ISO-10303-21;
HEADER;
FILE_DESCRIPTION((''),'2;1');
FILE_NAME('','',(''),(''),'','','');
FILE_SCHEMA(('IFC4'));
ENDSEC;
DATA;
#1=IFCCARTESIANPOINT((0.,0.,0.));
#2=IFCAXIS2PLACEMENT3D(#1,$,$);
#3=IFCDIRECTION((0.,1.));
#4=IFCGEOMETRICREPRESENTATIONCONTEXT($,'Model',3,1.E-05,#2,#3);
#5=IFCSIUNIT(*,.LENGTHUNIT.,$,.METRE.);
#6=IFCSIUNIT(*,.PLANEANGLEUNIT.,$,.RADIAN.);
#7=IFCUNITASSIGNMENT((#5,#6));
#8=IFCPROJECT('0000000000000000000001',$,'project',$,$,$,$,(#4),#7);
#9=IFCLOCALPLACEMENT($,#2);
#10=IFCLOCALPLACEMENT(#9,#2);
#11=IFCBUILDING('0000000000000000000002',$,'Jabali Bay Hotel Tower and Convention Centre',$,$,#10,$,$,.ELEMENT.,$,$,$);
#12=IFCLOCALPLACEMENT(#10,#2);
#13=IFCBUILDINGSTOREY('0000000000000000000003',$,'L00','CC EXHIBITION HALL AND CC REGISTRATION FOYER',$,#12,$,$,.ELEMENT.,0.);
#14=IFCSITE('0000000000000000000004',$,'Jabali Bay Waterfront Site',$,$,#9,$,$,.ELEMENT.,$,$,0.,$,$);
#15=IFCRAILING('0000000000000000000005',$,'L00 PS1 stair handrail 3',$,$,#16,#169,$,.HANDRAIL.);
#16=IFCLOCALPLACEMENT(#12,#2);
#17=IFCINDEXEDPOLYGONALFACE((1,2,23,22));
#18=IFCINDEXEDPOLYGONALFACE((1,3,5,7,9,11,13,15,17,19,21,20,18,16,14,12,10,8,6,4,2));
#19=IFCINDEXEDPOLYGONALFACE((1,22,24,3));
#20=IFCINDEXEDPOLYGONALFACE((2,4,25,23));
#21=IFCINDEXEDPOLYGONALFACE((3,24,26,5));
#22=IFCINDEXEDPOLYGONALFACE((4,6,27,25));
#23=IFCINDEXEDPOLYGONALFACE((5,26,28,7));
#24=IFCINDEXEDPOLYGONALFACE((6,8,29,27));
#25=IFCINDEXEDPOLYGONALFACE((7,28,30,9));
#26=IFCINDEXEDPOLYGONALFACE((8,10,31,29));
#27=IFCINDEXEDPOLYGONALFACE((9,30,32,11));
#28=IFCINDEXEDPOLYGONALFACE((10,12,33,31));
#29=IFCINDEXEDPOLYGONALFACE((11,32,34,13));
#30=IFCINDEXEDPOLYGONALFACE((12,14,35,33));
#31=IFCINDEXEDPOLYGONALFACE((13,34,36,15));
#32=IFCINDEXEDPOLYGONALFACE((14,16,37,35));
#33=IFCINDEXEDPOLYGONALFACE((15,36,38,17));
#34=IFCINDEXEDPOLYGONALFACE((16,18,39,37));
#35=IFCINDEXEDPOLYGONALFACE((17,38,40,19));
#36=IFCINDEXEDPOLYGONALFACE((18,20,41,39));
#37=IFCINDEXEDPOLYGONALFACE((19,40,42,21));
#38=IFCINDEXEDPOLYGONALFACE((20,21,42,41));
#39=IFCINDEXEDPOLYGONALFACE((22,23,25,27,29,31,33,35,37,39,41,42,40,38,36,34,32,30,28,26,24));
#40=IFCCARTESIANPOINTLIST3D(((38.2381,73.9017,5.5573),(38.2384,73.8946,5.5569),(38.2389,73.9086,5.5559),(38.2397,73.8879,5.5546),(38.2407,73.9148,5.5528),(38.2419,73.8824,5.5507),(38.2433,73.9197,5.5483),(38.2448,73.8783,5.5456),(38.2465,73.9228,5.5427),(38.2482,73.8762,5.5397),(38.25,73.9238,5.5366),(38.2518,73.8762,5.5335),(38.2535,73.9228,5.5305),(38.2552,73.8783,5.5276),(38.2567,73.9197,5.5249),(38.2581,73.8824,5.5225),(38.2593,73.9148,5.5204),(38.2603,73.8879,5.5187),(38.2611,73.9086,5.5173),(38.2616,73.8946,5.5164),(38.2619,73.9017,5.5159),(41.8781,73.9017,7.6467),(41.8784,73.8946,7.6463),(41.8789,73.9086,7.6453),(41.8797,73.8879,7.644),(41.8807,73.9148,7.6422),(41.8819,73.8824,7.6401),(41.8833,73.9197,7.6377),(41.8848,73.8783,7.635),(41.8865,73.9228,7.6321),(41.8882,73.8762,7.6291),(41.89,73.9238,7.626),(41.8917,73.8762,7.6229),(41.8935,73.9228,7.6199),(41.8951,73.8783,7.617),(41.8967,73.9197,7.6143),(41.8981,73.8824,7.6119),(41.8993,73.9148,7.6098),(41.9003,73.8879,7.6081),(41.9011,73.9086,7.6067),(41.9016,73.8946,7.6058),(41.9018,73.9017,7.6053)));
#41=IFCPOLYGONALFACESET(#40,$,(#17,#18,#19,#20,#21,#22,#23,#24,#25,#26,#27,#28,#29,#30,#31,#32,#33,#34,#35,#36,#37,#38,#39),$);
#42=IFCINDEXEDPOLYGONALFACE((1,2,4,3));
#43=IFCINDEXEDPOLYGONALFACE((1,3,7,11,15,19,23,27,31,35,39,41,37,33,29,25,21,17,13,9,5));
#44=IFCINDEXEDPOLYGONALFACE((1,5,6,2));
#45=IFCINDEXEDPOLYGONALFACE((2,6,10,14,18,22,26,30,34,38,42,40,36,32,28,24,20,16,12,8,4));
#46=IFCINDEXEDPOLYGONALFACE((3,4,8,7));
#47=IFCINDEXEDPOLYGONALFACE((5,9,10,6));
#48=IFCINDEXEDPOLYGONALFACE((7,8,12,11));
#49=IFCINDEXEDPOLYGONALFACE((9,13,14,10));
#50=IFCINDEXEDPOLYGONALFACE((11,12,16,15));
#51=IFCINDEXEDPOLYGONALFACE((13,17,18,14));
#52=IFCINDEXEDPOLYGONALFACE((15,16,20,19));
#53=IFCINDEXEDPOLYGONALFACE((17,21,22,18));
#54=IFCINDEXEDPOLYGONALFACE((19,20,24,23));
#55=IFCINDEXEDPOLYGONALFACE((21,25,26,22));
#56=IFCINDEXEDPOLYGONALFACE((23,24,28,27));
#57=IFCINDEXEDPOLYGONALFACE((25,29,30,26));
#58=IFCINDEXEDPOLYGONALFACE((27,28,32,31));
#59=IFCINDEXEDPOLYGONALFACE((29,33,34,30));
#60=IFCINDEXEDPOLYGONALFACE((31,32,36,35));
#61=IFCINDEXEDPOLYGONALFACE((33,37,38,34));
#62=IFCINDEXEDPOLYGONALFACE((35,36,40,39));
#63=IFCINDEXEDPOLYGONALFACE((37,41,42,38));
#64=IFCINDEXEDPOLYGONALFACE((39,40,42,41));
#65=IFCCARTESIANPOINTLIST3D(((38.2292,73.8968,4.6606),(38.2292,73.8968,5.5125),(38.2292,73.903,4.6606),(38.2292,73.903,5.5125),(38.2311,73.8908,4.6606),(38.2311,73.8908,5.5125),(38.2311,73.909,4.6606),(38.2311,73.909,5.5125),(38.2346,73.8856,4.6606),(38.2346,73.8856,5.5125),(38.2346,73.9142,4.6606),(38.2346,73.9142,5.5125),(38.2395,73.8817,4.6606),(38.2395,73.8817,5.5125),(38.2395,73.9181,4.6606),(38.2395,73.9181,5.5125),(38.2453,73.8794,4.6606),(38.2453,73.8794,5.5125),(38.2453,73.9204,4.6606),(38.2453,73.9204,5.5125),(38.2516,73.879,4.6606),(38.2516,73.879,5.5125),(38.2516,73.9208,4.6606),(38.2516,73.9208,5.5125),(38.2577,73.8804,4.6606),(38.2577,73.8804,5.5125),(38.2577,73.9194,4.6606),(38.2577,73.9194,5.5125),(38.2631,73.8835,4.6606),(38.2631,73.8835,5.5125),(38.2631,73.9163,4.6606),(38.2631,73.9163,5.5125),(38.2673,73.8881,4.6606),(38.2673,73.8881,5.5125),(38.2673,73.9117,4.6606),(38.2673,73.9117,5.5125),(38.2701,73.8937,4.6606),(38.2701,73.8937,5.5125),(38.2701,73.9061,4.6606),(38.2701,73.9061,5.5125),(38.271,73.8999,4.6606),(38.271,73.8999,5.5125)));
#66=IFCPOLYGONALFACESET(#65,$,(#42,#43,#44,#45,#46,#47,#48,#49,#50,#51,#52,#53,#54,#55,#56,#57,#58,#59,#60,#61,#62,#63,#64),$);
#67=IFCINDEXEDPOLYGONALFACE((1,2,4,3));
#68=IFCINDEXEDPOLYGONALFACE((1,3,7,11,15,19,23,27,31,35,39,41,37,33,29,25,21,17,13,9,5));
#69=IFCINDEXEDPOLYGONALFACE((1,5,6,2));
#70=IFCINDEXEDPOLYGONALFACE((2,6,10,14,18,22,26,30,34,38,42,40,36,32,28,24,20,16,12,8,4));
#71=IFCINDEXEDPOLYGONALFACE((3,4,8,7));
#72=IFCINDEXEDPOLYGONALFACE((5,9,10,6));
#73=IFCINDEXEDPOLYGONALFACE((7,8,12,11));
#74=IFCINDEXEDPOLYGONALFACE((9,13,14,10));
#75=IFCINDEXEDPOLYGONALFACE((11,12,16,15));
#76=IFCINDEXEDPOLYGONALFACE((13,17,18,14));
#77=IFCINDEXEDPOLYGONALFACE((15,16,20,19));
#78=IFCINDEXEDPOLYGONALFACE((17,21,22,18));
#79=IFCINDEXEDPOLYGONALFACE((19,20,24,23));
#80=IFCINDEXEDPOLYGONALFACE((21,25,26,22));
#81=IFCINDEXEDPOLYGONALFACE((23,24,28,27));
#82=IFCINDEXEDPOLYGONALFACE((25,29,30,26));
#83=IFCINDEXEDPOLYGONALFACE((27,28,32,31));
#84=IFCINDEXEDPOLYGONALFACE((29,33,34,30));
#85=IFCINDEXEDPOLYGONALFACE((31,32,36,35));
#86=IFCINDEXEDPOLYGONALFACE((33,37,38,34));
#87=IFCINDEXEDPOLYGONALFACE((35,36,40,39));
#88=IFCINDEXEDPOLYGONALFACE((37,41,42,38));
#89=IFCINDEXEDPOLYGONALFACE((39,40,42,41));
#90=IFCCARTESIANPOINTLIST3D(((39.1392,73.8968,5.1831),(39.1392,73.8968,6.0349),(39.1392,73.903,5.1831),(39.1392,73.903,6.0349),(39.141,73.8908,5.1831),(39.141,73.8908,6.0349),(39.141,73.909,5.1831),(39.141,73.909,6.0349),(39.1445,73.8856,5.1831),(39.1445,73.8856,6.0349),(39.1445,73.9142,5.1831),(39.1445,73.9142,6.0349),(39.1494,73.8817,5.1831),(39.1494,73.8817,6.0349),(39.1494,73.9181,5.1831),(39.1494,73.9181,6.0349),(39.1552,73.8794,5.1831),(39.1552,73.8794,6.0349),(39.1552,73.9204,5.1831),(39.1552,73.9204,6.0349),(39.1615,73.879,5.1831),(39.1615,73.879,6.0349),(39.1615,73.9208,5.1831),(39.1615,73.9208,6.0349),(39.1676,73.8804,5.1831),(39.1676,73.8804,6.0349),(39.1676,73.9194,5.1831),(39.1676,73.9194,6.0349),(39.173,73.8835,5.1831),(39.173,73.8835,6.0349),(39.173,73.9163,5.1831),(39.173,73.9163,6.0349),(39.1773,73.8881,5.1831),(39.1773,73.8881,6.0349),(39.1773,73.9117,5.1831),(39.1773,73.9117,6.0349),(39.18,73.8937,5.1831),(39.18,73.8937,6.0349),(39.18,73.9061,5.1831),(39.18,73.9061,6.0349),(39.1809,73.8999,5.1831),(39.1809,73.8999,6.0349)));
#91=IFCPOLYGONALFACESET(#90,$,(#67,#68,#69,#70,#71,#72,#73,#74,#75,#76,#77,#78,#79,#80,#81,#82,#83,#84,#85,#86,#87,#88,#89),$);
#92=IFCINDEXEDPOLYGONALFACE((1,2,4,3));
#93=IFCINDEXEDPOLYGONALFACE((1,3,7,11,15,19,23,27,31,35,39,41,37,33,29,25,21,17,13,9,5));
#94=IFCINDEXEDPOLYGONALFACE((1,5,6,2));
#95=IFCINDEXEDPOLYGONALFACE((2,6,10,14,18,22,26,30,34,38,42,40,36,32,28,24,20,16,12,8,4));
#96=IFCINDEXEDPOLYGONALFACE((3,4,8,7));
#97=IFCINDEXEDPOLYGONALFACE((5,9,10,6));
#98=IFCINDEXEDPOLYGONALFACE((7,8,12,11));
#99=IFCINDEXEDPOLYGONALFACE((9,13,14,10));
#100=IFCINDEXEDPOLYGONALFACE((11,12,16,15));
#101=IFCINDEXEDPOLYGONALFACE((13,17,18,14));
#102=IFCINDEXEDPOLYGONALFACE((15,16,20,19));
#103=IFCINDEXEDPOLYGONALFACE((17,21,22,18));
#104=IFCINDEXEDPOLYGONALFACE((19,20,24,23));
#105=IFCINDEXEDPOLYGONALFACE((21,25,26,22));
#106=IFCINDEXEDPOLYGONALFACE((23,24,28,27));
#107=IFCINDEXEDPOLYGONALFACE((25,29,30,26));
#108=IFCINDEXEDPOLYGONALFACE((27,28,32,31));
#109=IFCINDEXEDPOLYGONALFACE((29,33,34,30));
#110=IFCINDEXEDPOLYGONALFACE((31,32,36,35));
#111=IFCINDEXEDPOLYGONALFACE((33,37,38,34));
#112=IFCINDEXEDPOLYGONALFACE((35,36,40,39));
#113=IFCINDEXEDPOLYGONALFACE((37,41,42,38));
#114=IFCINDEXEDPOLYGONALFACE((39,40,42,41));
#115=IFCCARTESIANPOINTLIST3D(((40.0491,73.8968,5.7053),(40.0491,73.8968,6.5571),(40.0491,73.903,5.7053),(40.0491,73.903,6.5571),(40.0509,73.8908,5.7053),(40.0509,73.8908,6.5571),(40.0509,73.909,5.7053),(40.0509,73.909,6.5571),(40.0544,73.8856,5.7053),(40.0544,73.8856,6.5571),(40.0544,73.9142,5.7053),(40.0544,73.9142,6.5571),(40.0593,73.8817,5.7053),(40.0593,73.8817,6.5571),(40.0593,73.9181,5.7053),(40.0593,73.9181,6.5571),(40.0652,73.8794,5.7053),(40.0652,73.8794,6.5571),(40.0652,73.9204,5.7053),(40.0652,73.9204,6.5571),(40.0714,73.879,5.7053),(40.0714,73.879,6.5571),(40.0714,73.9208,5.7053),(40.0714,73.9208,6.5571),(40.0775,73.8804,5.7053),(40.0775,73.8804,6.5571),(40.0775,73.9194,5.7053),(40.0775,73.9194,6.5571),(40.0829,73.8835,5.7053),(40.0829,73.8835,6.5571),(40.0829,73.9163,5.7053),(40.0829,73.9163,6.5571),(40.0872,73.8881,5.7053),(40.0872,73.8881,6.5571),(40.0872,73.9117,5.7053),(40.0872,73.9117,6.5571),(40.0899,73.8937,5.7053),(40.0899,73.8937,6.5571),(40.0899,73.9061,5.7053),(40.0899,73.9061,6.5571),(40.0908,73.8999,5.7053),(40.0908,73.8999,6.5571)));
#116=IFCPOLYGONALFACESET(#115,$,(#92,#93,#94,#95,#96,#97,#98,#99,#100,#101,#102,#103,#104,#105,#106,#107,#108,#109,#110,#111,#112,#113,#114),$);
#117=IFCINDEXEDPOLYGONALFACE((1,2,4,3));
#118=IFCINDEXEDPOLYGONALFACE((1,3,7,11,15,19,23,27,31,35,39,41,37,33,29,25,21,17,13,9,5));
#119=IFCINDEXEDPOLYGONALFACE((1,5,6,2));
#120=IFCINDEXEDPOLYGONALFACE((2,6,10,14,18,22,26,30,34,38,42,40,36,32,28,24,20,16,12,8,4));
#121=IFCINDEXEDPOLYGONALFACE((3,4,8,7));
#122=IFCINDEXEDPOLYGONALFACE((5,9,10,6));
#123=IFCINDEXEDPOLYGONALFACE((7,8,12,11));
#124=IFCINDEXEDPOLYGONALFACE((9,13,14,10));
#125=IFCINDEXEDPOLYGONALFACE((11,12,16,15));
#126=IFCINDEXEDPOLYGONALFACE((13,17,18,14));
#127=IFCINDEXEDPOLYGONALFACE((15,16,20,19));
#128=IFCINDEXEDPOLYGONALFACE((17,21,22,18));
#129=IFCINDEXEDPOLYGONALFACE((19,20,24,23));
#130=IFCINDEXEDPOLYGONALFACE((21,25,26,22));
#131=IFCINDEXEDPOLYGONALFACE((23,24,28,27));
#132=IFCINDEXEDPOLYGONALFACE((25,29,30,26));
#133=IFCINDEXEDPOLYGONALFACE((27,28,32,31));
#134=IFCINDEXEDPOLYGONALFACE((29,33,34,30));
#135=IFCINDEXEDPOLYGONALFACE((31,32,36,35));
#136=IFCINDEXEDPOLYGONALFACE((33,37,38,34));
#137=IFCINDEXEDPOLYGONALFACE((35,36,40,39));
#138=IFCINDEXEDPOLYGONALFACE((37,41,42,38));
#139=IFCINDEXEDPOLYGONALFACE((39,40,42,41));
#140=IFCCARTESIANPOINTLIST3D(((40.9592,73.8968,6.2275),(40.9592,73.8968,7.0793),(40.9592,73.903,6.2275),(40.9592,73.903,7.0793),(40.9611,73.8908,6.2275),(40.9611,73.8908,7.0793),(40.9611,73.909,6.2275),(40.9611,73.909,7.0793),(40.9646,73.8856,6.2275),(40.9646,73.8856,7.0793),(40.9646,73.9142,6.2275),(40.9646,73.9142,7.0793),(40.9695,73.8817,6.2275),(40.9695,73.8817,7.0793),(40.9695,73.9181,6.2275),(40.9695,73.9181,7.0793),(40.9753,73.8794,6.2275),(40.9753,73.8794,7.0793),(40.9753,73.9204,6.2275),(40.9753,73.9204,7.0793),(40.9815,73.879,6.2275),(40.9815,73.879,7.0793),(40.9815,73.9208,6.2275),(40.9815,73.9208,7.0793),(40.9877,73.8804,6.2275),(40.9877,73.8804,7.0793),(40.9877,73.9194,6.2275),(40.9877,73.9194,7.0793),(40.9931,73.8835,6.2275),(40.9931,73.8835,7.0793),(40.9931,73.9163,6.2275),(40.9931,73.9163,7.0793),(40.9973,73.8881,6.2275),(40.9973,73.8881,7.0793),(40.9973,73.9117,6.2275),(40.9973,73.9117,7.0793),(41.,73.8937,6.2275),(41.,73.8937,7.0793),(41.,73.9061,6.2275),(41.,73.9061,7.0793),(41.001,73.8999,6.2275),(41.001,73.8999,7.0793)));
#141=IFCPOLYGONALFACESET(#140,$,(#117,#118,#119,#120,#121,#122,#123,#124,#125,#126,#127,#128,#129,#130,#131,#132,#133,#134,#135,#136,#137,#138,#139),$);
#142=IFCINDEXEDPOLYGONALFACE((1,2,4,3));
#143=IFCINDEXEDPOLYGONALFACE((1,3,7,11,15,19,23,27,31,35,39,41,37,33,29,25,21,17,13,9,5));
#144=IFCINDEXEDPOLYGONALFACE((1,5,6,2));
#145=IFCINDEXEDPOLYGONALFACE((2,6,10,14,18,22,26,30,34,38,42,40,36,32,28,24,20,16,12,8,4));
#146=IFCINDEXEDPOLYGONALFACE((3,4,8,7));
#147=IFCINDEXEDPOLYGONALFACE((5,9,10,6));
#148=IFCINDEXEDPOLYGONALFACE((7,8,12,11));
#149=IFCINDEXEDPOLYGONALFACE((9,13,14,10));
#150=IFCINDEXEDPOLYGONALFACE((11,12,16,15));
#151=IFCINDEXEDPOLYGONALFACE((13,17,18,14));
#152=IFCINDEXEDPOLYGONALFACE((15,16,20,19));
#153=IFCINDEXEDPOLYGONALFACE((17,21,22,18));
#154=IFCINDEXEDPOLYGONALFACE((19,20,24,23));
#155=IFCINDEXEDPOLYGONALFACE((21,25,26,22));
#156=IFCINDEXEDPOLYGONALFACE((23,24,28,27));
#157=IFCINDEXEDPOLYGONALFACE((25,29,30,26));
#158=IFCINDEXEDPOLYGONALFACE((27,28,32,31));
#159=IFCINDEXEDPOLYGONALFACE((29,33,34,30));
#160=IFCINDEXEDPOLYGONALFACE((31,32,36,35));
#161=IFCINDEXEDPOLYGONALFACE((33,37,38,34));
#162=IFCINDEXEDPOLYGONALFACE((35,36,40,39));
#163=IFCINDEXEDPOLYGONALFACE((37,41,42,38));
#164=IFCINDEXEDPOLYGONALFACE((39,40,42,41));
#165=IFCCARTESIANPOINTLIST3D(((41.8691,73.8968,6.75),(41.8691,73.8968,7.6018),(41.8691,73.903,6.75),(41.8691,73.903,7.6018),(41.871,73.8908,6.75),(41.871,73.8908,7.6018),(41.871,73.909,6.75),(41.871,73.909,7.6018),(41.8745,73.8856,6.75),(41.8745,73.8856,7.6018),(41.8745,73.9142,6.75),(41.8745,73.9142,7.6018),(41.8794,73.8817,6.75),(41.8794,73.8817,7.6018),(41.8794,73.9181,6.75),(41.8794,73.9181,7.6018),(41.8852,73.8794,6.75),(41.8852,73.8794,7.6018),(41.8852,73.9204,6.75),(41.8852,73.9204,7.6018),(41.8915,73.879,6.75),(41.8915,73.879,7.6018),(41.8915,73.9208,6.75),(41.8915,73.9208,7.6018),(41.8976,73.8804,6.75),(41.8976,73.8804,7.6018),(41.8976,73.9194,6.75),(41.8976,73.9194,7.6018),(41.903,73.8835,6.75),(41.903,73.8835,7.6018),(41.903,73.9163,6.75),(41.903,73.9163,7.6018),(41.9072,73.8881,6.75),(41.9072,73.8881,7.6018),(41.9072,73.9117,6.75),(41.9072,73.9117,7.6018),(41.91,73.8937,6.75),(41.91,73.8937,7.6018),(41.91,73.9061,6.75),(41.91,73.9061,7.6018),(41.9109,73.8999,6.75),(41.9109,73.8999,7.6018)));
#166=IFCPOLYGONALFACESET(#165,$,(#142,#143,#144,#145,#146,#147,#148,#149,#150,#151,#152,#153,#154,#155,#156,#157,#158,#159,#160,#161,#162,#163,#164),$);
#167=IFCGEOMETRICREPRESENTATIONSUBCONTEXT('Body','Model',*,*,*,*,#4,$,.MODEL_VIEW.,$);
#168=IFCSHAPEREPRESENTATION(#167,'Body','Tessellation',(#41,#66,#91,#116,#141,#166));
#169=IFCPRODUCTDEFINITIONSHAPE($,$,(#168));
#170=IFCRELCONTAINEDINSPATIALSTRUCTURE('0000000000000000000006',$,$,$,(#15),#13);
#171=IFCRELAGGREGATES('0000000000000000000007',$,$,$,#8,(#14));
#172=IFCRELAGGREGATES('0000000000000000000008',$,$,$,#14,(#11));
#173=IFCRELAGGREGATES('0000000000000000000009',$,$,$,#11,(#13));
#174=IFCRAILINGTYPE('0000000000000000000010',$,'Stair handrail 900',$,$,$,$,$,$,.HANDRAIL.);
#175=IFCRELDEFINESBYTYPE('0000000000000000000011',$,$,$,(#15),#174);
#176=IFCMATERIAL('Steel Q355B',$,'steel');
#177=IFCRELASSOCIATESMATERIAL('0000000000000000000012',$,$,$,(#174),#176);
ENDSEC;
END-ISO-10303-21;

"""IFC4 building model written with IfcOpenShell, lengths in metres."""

from ifc_helpers import new_model, si_unit, direction, frame, origin, origin_2d, place, context, subcontext, project, spatial, circle, extrude, material, type_object, element, save


model = new_model("IFC4")

# Units and contexts
model_context = context("Model", 3, precision=1e-05, world=origin(), true_north=direction((0.0, 1.0)))
body_context = subcontext(model_context, "Body", "Model", "MODEL_VIEW")
ifc_project = project(units=[si_unit("LENGTHUNIT", "METRE"), si_unit("PLANEANGLEUNIT", "RADIAN")], contexts=[model_context])

# Site, building, storey
site_placement = place(None, origin())
site = spatial("IfcSite", under=ifc_project, at=site_placement, Name="Jabali Bay Waterfront Site", CompositionType="ELEMENT", RefElevation=0.0)
building_placement = place(site_placement, origin())
building = spatial("IfcBuilding", under=site, at=building_placement, Name="Jabali Bay Hotel Tower and Convention Centre", CompositionType="ELEMENT")
storey_placement = place(building_placement, origin())
storey = spatial("IfcBuildingStorey", under=building, at=storey_placement, Name="L00", Description="CC EXHIBITION HALL AND CC REGISTRATION FOYER", CompositionType="ELEMENT", Elevation=0.0)

# Railing
ifc_material_1 = material(Name="Steel Q355B", Category="steel")
railing_type_1 = type_object("IfcRailingType", Name="Stair handrail 900", PredefinedType="HANDRAIL", material=ifc_material_1)
for number, where, name in (
    (1, (38.25, 73.8999, 4.6606), "L00 PS1 stair handrail 3"),
):
    element("IfcRailing", number, at=place(storey_placement, frame(where)), inside=storey, type_object=railing_type_1, Name=name, PredefinedType="HANDRAIL", context=body_context, shape_type="SweptSolid", body=[
        extrude(circle(Radius=0.0239, at=origin_2d()), frame((0.0, 0.0, 0.876), z_axis=(0.867275, 0.0, 0.497829), x_axis=(0.0, 1.0, 0.0)), (0.0, 0.0, 1.0), 4.197),
        extrude(circle(Radius=0.021, at=origin_2d()), origin(), (0.0, 0.0, 1.0), 0.8518),
        extrude(circle(Radius=0.021, at=origin_2d()), frame((0.9099, 0.0, 0.5225)), (0.0, 0.0, 1.0), 0.8518),
        extrude(circle(Radius=0.021, at=origin_2d()), frame((1.8198, 0.0, 1.0447)), (0.0, 0.0, 1.0), 0.8518),
        extrude(circle(Radius=0.021, at=origin_2d()), frame((2.73, 0.0, 1.5669)), (0.0, 0.0, 1.0), 0.8518),
        extrude(circle(Radius=0.021, at=origin_2d()), frame((3.6399, 0.0, 2.0894)), (0.0, 0.0, 1.0), 0.8518),
    ])

save(model, "model.ifc")
